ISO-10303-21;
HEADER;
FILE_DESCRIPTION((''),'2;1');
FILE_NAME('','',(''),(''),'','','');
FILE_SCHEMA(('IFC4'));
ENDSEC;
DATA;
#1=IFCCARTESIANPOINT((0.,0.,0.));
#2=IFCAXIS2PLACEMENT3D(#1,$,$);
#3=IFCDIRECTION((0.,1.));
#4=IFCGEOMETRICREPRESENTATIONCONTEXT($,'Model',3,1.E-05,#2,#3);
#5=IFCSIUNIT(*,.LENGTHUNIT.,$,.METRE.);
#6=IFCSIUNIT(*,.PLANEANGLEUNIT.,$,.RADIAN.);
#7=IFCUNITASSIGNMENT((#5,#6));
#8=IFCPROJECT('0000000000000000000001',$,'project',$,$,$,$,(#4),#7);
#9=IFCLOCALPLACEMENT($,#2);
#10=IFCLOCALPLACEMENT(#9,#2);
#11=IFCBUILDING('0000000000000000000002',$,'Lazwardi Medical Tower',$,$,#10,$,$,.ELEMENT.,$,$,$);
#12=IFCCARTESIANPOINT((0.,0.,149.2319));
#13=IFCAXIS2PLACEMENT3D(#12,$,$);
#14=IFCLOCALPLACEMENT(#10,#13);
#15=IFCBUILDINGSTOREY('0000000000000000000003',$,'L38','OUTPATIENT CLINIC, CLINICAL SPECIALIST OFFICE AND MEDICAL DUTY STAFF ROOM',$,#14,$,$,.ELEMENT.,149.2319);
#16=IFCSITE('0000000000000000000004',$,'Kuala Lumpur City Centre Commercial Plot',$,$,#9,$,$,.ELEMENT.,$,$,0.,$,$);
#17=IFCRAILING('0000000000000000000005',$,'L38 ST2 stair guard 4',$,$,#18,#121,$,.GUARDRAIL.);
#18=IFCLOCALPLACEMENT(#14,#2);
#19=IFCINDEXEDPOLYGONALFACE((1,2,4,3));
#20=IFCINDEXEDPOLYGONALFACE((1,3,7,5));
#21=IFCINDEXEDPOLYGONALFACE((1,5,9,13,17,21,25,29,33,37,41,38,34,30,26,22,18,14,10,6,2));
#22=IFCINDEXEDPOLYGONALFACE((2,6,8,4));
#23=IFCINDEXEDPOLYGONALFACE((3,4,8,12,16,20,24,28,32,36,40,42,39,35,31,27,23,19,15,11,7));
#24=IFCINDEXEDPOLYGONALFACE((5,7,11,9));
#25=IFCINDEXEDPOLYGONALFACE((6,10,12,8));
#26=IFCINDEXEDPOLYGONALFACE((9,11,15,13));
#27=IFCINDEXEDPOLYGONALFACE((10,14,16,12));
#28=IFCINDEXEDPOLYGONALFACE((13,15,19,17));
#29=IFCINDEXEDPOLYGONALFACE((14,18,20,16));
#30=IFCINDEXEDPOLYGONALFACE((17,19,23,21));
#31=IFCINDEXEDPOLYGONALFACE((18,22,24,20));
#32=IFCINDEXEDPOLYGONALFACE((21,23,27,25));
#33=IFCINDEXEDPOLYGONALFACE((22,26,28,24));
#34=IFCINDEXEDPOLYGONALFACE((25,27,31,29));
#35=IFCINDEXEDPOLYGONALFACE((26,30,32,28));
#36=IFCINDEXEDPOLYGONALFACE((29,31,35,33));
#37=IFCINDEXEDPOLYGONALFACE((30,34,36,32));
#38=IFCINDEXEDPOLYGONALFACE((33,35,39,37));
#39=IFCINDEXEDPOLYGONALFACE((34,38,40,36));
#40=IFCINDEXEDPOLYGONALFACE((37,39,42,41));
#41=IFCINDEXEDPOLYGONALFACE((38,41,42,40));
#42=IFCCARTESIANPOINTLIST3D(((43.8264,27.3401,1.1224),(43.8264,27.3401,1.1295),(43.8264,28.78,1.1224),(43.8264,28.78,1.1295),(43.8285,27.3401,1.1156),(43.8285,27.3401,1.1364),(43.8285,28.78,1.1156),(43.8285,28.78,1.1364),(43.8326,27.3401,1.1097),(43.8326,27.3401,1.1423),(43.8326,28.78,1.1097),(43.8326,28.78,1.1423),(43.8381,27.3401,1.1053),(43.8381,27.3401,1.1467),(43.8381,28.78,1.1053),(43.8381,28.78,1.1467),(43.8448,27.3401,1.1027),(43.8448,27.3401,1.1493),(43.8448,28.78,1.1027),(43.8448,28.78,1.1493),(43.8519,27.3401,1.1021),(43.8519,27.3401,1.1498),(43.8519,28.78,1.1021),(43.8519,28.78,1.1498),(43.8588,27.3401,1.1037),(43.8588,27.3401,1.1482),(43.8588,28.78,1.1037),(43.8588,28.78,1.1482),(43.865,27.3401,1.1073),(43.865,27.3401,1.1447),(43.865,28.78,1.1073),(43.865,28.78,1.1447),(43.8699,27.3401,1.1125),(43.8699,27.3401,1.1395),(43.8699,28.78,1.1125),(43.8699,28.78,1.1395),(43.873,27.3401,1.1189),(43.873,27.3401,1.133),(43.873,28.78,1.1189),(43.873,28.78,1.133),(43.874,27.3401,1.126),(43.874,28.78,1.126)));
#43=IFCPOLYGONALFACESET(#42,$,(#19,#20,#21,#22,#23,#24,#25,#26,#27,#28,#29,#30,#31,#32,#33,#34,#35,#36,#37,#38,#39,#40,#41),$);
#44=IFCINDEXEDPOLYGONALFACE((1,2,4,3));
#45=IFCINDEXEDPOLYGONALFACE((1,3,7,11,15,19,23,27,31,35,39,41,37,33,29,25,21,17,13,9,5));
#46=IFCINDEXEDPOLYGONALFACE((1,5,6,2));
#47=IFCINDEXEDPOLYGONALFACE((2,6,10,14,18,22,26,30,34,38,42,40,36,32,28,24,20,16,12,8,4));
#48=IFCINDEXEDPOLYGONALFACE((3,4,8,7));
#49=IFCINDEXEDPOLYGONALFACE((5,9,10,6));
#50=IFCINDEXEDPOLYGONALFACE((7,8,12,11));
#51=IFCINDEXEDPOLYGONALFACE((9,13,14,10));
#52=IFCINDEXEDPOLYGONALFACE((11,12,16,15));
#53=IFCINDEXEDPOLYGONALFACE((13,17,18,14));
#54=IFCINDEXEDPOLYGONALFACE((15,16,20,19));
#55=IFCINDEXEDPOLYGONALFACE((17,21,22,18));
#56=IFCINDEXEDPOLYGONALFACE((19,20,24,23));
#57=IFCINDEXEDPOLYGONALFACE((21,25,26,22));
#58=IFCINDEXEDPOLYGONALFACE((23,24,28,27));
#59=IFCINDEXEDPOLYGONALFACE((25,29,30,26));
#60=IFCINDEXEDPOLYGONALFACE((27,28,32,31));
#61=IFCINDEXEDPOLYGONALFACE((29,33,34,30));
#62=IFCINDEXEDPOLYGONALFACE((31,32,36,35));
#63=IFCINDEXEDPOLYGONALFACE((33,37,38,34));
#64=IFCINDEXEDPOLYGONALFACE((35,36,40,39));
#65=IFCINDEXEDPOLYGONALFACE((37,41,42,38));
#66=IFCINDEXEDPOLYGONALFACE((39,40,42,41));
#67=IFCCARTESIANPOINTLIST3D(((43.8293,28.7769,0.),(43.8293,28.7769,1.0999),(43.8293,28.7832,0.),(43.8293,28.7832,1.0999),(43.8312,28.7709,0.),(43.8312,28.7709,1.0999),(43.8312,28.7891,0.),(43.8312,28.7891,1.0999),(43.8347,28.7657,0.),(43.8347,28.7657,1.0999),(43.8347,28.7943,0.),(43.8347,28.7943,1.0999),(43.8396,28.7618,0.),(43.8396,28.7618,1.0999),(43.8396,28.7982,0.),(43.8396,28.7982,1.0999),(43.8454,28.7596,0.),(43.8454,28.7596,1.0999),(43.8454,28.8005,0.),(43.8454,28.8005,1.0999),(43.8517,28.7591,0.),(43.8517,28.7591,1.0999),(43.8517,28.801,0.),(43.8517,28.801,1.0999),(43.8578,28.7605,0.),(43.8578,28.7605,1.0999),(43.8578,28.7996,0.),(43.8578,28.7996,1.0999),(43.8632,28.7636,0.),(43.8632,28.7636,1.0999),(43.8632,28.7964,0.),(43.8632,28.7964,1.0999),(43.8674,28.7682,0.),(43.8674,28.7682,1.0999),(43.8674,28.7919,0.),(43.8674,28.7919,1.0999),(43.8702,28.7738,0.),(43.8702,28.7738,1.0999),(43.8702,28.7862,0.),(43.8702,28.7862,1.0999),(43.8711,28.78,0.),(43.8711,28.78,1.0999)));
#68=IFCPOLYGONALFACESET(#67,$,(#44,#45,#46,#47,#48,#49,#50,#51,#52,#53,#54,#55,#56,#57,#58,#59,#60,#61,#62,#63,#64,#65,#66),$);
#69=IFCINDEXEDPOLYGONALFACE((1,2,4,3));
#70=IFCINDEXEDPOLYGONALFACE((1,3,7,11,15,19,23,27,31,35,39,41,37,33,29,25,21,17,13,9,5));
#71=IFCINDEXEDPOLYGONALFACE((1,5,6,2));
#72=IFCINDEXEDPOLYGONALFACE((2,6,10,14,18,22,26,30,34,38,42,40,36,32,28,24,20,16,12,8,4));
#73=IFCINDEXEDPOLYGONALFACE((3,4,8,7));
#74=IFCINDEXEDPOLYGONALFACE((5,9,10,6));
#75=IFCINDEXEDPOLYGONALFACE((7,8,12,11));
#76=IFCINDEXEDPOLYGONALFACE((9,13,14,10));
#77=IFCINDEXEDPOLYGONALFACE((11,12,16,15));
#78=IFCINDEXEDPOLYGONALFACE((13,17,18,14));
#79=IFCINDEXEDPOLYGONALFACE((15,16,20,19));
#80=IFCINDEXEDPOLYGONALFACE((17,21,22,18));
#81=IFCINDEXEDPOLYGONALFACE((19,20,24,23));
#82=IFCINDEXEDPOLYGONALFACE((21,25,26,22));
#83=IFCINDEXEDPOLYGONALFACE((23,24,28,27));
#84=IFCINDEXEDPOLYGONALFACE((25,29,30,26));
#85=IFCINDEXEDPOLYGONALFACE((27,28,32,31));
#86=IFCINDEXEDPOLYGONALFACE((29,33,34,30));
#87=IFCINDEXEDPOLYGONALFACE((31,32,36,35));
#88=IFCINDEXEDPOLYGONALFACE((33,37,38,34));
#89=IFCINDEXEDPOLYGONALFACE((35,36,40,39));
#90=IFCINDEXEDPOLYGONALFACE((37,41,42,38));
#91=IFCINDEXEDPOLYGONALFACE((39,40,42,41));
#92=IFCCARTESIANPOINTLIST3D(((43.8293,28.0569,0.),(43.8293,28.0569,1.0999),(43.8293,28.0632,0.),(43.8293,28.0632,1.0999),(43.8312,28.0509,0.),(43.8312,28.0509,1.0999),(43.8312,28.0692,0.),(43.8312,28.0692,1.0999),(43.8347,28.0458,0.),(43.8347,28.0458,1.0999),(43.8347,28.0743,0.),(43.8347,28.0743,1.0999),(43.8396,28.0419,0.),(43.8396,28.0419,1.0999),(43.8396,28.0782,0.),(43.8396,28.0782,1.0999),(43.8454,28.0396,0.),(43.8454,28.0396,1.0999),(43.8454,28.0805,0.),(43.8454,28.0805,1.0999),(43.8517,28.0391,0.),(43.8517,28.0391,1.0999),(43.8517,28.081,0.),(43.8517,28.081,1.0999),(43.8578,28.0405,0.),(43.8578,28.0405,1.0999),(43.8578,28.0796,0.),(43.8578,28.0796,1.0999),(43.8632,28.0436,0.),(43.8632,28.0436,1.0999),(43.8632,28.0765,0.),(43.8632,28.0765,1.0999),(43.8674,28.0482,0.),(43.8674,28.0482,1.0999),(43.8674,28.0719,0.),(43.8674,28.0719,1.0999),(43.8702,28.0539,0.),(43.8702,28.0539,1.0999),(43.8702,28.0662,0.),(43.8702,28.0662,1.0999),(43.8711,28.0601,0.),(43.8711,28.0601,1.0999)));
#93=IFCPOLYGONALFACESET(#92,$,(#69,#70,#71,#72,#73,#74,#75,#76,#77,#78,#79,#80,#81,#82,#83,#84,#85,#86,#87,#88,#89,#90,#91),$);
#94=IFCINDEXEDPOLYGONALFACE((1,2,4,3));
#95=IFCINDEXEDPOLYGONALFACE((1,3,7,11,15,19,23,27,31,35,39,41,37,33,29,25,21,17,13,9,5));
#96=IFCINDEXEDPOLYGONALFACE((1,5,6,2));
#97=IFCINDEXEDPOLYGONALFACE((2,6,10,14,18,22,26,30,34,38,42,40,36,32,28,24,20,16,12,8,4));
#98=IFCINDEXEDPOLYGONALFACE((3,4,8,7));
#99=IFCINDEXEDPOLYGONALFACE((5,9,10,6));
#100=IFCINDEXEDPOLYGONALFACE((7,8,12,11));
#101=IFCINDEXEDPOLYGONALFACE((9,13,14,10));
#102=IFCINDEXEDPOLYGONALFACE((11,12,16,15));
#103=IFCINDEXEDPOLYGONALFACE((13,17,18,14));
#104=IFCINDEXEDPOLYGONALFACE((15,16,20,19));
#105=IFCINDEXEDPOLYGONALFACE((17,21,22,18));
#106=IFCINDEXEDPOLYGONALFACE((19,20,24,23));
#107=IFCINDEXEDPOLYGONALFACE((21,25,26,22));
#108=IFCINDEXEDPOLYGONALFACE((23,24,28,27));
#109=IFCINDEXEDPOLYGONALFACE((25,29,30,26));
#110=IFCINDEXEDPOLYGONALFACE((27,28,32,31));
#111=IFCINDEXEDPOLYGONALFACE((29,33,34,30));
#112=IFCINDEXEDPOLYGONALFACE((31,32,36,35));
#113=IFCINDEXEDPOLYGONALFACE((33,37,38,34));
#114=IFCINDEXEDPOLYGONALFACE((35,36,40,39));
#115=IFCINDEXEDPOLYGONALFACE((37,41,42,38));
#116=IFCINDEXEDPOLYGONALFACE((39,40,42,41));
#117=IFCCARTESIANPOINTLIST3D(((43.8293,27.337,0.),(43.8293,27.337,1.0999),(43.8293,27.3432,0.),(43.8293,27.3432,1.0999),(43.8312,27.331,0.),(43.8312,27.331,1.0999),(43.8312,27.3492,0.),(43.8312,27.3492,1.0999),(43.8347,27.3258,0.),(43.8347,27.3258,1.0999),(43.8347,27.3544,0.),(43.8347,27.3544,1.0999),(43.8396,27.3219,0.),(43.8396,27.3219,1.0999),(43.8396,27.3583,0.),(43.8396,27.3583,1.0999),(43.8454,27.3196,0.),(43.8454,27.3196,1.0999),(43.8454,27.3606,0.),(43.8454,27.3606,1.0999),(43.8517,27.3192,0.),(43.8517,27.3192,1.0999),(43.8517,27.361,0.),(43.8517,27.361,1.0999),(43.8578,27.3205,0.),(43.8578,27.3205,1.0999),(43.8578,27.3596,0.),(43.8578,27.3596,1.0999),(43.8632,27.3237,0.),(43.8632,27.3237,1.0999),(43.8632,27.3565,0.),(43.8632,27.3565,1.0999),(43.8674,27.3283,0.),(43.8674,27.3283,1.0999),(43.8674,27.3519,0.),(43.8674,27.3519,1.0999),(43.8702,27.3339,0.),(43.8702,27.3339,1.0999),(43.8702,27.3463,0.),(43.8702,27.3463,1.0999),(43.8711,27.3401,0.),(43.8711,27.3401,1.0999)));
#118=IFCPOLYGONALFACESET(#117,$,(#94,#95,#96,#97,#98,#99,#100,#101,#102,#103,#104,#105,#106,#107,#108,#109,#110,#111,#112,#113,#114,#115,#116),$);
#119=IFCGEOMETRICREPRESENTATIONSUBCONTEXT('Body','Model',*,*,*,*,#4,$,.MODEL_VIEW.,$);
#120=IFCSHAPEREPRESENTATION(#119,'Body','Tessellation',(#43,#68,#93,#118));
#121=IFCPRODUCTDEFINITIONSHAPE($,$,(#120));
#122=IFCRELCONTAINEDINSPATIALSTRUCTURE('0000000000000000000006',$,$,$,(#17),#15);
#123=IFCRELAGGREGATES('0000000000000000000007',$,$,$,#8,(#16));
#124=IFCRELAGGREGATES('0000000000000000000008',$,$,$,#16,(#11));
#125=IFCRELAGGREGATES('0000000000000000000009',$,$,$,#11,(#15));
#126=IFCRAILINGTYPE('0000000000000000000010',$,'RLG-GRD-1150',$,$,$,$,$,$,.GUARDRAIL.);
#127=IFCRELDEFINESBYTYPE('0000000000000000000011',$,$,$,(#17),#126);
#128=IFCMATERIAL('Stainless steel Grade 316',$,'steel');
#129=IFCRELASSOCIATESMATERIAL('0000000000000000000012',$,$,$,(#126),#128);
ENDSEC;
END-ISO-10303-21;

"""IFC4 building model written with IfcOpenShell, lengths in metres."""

from ifc_helpers import new_model, si_unit, direction, frame, origin, origin_2d, place, context, subcontext, project, spatial, circle, extrude, material, type_object, element, save


model = new_model("IFC4")

# Units and contexts
model_context = context("Model", 3, precision=1e-05, world=origin(), true_north=direction((0.0, 1.0)))
body_context = subcontext(model_context, "Body", "Model", "MODEL_VIEW")
ifc_project = project(units=[si_unit("LENGTHUNIT", "METRE"), si_unit("PLANEANGLEUNIT", "RADIAN")], contexts=[model_context])

# Site, building, storey
site_placement = place(None, origin())
site = spatial("IfcSite", under=ifc_project, at=site_placement, Name="Kuala Lumpur City Centre Commercial Plot", CompositionType="ELEMENT", RefElevation=0.0)
building_placement = place(site_placement, origin())
building = spatial("IfcBuilding", under=site, at=building_placement, Name="Lazwardi Medical Tower", CompositionType="ELEMENT")
storey_placement = place(building_placement, frame((0.0, 0.0, 149.2319)))
storey = spatial("IfcBuildingStorey", under=building, at=storey_placement, Name="L38", Description="OUTPATIENT CLINIC, CLINICAL SPECIALIST OFFICE AND MEDICAL DUTY STAFF ROOM", CompositionType="ELEMENT", Elevation=149.2319)

# Railing
ifc_material_1 = material(Name="Stainless steel Grade 316", Category="steel")
railing_type_1 = type_object("IfcRailingType", Name="RLG-GRD-1150", PredefinedType="GUARDRAIL", material=ifc_material_1)
railing_1_placement = place(storey_placement, frame((43.8501, 28.78, 0.0)))
element("IfcRailing", 1, at=railing_1_placement, inside=storey, type_object=railing_type_1, Name="L38 ST2 stair guard 4", PredefinedType="GUARDRAIL", context=body_context, shape_type="SweptSolid", body=[
    extrude(circle(Radius=0.0239, at=origin_2d()), frame((0.0, 0.0, 1.126), z_axis=(0.0, -1.0, 0.0), x_axis=(1.0, 0.0, 0.0)), (0.0, 0.0, 1.0), 1.4399),
    extrude(circle(Radius=0.021, at=origin_2d()), origin(), (0.0, 0.0, 1.0), 1.0999),
    extrude(circle(Radius=0.021, at=origin_2d()), frame((0.0, -0.72, 0.0)), (0.0, 0.0, 1.0), 1.0999),
    extrude(circle(Radius=0.021, at=origin_2d()), frame((0.0, -1.4399, 0.0)), (0.0, 0.0, 1.0), 1.0999),
])

save(model, "model.ifc")
